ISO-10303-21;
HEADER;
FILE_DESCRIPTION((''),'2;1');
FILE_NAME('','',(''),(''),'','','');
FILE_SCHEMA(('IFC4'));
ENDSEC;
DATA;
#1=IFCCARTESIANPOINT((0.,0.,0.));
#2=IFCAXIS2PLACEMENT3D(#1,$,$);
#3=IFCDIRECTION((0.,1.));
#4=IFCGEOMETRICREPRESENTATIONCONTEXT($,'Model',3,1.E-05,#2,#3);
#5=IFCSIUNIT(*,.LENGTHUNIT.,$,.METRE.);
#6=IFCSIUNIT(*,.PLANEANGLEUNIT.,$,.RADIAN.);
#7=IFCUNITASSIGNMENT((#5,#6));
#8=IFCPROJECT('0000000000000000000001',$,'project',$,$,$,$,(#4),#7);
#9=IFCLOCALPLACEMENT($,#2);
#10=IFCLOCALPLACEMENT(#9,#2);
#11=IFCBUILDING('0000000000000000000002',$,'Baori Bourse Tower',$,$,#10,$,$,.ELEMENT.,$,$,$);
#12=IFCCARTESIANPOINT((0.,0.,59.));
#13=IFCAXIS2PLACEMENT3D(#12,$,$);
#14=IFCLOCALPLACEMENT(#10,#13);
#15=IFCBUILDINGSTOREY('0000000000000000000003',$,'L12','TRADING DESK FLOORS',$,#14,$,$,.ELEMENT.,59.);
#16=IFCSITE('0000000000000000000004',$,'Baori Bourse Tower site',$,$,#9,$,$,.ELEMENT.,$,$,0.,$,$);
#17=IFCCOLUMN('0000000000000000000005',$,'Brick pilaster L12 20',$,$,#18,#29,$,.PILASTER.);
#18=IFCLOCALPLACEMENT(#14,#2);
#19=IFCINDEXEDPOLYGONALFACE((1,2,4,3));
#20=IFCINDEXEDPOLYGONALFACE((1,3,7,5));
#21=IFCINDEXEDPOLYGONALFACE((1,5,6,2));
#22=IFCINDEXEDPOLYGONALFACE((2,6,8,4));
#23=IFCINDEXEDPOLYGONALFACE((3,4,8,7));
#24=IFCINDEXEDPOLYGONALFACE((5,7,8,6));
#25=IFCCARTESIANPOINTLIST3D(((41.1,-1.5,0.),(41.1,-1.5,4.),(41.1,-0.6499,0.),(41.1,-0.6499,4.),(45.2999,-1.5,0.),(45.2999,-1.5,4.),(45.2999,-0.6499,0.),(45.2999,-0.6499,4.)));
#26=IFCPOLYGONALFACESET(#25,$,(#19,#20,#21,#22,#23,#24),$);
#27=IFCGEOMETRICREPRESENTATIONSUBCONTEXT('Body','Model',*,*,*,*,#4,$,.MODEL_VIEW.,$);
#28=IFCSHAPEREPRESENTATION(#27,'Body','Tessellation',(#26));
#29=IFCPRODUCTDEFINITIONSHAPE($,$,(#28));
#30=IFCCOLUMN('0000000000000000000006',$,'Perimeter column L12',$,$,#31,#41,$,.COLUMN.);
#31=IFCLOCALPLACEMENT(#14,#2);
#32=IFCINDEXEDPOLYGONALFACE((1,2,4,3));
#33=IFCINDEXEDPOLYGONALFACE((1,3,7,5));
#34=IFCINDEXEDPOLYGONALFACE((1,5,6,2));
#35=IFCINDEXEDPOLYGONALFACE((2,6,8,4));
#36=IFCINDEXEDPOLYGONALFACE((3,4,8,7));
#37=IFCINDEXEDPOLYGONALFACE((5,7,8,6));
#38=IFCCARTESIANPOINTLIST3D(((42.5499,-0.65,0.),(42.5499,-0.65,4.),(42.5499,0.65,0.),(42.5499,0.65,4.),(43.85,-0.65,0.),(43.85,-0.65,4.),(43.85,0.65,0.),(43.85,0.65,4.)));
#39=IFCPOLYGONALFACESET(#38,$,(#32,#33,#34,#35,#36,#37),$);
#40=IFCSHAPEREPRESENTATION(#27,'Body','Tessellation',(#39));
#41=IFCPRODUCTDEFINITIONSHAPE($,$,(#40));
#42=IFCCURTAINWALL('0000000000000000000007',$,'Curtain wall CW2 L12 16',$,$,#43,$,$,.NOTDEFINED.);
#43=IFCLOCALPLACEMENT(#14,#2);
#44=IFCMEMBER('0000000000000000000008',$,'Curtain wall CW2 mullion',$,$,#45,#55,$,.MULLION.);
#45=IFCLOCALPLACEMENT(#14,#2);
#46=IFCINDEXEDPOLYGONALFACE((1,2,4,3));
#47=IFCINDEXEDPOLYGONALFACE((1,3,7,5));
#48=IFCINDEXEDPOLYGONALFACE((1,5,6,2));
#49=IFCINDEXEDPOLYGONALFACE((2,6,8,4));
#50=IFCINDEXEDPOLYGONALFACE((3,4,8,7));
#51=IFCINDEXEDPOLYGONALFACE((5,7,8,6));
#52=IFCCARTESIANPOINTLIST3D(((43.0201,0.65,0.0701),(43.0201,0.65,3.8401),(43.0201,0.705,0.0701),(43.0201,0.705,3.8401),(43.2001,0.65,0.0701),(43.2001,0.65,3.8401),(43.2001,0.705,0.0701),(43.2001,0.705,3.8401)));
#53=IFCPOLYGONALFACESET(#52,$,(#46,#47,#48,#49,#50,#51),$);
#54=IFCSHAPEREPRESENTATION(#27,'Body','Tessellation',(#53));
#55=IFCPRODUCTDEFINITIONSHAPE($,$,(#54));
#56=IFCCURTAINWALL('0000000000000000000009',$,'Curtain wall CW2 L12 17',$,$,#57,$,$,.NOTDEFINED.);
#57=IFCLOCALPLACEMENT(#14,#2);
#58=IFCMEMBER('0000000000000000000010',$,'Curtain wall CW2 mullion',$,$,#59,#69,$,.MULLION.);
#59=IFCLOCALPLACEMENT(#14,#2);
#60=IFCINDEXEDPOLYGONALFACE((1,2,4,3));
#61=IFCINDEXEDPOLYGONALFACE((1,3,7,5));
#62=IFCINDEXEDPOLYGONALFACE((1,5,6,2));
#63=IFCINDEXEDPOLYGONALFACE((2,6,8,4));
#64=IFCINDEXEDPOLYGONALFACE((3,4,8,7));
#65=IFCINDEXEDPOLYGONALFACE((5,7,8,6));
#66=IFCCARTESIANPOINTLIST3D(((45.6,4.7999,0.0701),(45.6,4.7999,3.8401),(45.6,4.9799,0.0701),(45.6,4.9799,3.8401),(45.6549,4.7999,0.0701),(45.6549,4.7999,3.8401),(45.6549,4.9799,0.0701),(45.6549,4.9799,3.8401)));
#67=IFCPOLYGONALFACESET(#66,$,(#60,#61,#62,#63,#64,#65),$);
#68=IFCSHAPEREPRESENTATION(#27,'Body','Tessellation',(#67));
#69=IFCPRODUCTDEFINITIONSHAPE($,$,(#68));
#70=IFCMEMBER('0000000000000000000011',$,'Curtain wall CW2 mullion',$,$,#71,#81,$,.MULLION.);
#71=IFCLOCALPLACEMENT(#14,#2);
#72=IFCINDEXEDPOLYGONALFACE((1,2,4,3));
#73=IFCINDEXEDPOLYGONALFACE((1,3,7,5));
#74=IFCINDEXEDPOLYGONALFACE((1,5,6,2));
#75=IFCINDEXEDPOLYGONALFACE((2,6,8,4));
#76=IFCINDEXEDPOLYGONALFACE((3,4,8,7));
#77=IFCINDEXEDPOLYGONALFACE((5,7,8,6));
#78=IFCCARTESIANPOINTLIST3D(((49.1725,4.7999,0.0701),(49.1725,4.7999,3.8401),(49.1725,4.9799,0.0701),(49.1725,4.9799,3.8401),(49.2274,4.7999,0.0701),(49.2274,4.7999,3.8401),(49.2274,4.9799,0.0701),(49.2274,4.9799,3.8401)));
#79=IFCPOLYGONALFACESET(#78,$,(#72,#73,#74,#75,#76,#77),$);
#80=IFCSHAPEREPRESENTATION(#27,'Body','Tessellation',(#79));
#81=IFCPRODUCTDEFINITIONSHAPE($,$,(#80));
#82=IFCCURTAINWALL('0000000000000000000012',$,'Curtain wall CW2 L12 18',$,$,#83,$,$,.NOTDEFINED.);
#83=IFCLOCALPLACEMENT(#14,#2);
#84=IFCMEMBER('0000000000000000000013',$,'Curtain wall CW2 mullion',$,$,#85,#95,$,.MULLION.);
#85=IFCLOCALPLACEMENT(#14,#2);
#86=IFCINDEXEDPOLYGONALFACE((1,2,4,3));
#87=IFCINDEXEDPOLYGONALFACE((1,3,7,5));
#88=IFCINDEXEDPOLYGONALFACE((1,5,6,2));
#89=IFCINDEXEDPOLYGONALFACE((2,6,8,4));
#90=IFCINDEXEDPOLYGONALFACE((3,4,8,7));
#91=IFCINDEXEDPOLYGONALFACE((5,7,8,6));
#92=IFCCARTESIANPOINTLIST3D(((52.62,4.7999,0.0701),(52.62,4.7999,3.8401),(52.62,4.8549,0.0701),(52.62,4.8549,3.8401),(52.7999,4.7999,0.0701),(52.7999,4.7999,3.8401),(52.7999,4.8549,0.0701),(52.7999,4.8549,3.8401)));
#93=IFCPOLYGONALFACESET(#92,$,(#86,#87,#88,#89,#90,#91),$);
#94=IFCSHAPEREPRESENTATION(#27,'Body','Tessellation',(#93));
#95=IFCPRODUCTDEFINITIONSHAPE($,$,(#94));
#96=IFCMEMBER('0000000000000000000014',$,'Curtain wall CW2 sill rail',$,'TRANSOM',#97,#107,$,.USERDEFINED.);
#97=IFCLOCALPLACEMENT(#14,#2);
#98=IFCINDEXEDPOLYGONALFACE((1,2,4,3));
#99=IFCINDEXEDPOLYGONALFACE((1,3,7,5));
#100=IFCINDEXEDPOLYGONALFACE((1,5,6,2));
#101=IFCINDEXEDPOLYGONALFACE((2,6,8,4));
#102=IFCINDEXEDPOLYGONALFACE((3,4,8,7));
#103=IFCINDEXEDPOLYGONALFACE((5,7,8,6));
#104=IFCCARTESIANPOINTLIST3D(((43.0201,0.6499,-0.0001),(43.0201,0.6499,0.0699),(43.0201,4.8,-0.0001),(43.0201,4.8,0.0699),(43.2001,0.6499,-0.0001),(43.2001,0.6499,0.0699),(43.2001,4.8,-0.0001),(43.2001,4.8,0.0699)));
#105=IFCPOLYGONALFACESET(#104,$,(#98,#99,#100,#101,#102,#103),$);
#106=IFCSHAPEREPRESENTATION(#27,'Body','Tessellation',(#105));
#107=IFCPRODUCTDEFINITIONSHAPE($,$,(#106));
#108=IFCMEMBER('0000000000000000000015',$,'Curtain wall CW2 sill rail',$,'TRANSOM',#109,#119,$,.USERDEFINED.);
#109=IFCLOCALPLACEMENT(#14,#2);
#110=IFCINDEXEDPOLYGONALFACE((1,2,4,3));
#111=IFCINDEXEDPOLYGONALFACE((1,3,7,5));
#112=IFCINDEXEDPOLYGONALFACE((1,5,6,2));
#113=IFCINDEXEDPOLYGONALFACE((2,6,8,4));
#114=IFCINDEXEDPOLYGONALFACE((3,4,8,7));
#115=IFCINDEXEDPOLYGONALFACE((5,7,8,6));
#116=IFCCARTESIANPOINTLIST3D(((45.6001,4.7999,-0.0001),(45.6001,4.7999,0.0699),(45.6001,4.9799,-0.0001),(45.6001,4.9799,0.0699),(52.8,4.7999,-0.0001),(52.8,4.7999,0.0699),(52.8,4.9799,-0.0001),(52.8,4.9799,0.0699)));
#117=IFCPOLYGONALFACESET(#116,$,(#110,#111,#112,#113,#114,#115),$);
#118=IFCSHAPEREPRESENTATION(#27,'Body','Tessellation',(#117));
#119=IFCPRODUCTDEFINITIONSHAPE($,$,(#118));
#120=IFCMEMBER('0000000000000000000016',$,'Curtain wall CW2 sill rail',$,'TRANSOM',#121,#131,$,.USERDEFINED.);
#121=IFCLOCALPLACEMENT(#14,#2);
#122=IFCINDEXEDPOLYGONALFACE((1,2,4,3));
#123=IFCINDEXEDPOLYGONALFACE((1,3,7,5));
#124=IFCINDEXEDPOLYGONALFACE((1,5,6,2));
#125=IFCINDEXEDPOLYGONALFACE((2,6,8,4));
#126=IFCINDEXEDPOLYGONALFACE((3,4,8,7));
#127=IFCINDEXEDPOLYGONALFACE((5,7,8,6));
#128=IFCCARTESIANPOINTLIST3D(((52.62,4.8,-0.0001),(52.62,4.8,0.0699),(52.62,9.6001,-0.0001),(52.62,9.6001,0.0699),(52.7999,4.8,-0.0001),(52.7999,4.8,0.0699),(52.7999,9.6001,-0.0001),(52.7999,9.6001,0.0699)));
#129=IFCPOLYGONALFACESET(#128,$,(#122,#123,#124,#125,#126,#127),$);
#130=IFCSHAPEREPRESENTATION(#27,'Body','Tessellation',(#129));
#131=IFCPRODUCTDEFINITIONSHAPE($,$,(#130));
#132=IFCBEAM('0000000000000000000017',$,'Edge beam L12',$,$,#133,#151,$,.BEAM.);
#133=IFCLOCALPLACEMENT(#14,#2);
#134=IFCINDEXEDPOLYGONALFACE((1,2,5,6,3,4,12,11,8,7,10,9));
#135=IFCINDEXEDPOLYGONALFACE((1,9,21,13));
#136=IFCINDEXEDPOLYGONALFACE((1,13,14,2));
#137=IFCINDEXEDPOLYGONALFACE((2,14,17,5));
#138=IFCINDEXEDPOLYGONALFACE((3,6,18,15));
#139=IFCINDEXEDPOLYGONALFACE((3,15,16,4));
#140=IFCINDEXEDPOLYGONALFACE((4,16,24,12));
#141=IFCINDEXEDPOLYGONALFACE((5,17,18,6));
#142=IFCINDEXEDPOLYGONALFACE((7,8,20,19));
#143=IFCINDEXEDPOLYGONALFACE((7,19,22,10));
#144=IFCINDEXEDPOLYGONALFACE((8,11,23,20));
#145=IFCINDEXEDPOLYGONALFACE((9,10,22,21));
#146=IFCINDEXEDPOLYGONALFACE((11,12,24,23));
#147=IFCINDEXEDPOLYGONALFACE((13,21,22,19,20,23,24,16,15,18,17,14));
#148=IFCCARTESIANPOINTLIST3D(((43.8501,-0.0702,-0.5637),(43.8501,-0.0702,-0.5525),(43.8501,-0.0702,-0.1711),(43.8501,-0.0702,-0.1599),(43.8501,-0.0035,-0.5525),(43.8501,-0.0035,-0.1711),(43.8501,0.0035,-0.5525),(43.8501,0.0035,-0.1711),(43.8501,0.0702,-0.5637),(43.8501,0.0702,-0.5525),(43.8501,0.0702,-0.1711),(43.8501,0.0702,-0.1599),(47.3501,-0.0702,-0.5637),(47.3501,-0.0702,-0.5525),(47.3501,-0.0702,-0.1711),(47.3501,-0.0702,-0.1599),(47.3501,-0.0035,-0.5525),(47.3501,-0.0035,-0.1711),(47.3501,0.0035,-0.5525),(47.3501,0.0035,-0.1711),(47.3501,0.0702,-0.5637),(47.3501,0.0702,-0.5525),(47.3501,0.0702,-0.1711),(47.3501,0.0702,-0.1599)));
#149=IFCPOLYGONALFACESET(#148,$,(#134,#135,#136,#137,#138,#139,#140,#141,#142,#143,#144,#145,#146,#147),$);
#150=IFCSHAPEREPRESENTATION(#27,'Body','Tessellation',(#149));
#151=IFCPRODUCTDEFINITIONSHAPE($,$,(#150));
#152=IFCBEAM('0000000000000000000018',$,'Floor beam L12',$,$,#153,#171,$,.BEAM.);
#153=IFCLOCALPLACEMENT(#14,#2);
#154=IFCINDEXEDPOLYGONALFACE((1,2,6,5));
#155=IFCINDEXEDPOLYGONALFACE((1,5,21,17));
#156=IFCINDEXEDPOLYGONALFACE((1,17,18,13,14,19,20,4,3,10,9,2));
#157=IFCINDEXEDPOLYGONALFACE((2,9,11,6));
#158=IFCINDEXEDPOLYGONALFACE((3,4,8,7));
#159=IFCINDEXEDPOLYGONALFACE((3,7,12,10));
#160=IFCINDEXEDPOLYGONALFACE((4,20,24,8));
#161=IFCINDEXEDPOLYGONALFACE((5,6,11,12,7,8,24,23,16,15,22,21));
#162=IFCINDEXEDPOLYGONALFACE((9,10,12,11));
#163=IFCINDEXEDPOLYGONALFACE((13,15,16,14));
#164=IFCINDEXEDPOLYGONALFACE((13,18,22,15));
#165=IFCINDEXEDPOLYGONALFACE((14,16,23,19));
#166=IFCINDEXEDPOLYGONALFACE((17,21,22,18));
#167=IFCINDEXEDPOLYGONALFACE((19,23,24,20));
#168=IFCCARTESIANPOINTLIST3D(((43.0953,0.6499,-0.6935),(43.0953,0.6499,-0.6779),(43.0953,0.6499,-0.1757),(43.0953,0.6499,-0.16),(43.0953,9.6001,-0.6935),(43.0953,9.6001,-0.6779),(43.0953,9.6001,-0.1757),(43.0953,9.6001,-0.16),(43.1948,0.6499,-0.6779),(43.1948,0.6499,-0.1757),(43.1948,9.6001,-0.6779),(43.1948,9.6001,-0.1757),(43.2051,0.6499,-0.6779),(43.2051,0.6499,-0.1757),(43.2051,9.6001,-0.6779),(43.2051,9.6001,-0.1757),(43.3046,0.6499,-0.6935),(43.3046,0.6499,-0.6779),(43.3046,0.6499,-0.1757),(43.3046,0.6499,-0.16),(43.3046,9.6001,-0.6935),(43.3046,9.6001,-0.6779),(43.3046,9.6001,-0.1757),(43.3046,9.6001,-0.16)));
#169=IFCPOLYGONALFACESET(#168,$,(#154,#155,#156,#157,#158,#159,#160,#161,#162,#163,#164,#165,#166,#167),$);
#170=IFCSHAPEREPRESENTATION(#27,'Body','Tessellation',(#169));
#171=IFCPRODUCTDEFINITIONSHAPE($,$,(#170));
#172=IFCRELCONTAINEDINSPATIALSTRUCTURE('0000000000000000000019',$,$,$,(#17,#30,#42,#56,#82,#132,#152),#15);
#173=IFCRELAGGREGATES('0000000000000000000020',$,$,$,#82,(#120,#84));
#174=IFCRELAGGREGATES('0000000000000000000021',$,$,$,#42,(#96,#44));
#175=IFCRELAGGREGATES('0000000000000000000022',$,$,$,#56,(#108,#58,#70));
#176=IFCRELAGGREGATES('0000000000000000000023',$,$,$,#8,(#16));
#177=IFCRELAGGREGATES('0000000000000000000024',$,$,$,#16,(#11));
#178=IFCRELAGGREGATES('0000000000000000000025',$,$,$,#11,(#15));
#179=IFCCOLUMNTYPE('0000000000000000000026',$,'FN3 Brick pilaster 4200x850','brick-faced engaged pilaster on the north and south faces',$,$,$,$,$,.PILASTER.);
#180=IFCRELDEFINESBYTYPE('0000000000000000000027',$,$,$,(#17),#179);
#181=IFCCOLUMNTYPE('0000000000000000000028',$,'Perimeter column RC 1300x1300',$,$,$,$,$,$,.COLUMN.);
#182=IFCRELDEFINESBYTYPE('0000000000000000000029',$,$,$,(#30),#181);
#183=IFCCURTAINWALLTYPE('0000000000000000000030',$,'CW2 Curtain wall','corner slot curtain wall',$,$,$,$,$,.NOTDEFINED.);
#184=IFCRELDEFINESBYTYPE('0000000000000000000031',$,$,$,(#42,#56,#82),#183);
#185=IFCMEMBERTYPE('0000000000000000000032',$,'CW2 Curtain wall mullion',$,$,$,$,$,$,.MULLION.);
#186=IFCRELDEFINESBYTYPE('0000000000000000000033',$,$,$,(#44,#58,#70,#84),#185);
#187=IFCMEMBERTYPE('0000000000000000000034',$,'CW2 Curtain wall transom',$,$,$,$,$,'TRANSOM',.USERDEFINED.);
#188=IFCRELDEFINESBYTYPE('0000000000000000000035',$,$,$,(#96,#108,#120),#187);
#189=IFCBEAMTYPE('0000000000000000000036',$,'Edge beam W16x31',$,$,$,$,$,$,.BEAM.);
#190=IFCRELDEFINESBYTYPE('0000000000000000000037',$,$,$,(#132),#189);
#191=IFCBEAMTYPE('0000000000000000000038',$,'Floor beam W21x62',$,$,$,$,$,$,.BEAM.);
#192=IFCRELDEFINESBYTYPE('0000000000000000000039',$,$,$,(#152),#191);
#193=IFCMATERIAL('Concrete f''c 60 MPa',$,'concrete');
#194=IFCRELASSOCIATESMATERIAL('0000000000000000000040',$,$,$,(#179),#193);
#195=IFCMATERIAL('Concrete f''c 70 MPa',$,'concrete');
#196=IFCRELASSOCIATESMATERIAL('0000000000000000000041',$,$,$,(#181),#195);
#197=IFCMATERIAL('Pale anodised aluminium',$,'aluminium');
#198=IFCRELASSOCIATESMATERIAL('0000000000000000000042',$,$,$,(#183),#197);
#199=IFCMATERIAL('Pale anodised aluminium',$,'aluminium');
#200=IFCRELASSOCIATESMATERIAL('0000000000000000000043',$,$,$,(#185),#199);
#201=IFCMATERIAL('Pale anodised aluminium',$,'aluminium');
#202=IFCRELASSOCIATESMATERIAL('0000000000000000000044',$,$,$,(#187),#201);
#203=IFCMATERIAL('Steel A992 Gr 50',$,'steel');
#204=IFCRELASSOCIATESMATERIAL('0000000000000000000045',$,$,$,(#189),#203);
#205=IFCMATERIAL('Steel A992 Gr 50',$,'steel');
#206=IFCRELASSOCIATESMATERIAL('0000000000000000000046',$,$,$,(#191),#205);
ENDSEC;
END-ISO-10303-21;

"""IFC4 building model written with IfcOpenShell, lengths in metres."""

from ifc_helpers import new_model, si_unit, direction, frame, origin, origin_2d, place, context, subcontext, project, spatial, rectangle, i_section, extrude, material, material_profile, profile_set, type_object, element, aggregate, save


model = new_model("IFC4")

# Units and contexts
model_context = context("Model", 3, precision=1e-05, world=origin(), true_north=direction((0.0, 1.0)))
body_context = subcontext(model_context, "Body", "Model", "MODEL_VIEW")
ifc_project = project(units=[si_unit("LENGTHUNIT", "METRE"), si_unit("PLANEANGLEUNIT", "RADIAN")], contexts=[model_context])

# Site, building, storey
site_placement = place(None, origin())
site = spatial("IfcSite", under=ifc_project, at=site_placement, Name="Baori Bourse Tower site", CompositionType="ELEMENT", RefElevation=0.0)
building_placement = place(site_placement, origin())
building = spatial("IfcBuilding", under=site, at=building_placement, Name="Baori Bourse Tower", CompositionType="ELEMENT")
storey_placement = place(building_placement, frame((0.0, 0.0, 59.0)))
storey = spatial("IfcBuildingStorey", under=building, at=storey_placement, Name="L12", Description="TRADING DESK FLOORS", CompositionType="ELEMENT", Elevation=59.0)

# Columns
ifc_material_1 = material(Name="Concrete f'c 60 MPa", Category="concrete")
ifc_material_profile_1 = material_profile(ifc_material_1, rectangle(XDim=4.2, YDim=0.8501, at=origin_2d()), Name="RC 4200x850")
ifc_profile_set_1 = profile_set([ifc_material_profile_1], Name="Concrete f'c 60 MPa")
column_type_1 = type_object("IfcColumnType", Name="FN3 Brick pilaster 4200x850", Description="brick-faced engaged pilaster on the north and south faces", PredefinedType="PILASTER", material=ifc_profile_set_1)
column_1_placement = place(storey_placement, frame((43.2, -1.075, 0.0), z_axis=(0.0, 0.0, 1.0), x_axis=(1.0, 0.0, 0.0)))
element("IfcColumn", 1, at=column_1_placement, inside=storey, type_object=column_type_1, Name="Brick pilaster L12 20", PredefinedType="PILASTER", context=body_context, shape_type="SweptSolid", body=[
    extrude(rectangle(XDim=4.2, YDim=0.8501, at=origin_2d()), origin(), (0.0, 0.0, 1.0), 4.0),
])
ifc_material_2 = material(Name="Concrete f'c 70 MPa", Category="concrete")
ifc_material_profile_2 = material_profile(ifc_material_2, rectangle(XDim=1.3, YDim=1.3, at=origin_2d()), Name="RC 1300x1300")
ifc_profile_set_2 = profile_set([ifc_material_profile_2], Name="Concrete f'c 70 MPa")
column_type_2 = type_object("IfcColumnType", Name="Perimeter column RC 1300x1300", PredefinedType="COLUMN", material=ifc_profile_set_2)
column_2_placement = place(storey_placement, frame((43.2, 0.0, 0.0), z_axis=(0.0, 0.0, 1.0), x_axis=(1.0, 0.0, 0.0)))
element("IfcColumn", 2, at=column_2_placement, inside=storey, type_object=column_type_2, Name="Perimeter column L12", PredefinedType="COLUMN", context=body_context, shape_type="SweptSolid", body=[
    extrude(rectangle(XDim=1.3, YDim=1.3, at=origin_2d()), origin(), (0.0, 0.0, 1.0), 4.0),
])

# Curtain wall, member
ifc_material_3 = material(Name="Pale anodised aluminium", Category="aluminium")
curtain_wall_type_1 = type_object("IfcCurtainWallType", Name="CW2 Curtain wall", Description="corner slot curtain wall", PredefinedType="NOTDEFINED", material=ifc_material_3)
curtain_wall_1_placement = place(storey_placement, origin())
curtain_wall_1 = element("IfcCurtainWall", 3, at=curtain_wall_1_placement, inside=storey, type_object=curtain_wall_type_1, Name="Curtain wall CW2 L12 16", PredefinedType="NOTDEFINED")
ifc_material_4 = material(Name="Pale anodised aluminium", Category="aluminium")
ifc_material_profile_3 = material_profile(ifc_material_4, rectangle(XDim=0.1799, YDim=0.0549, at=origin_2d()), Name="Mullion 55x180")
ifc_profile_set_3 = profile_set([ifc_material_profile_3], Name="Pale anodised aluminium")
member_type_1 = type_object("IfcMemberType", Name="CW2 Curtain wall mullion", PredefinedType="MULLION", material=ifc_profile_set_3)
member_1_placement = place(storey_placement, frame((43.1101, 0.6775, 0.0701), z_axis=(0.0, 0.0, 1.0), x_axis=(-1.0, 0.0, 0.0)))
member_1 = element("IfcMember", 4, at=member_1_placement, type_object=member_type_1, Name="Curtain wall CW2 mullion", PredefinedType="MULLION", context=body_context, shape_type="SweptSolid", body=[
    extrude(rectangle(XDim=0.1799, YDim=0.0549, at=origin_2d()), origin(), (0.0, 0.0, 1.0), 3.77),
])

# Curtain wall, members
curtain_wall_2_placement = place(storey_placement, origin())
curtain_wall_2 = element("IfcCurtainWall", 5, at=curtain_wall_2_placement, inside=storey, type_object=curtain_wall_type_1, Name="Curtain wall CW2 L12 17", PredefinedType="NOTDEFINED")
member_2_placement = place(storey_placement, frame((45.6274, 4.8899, 0.0701), z_axis=(0.0, 0.0, 1.0), x_axis=(0.0, 1.0, 0.0)))
member_2 = element("IfcMember", 6, at=member_2_placement, type_object=member_type_1, Name="Curtain wall CW2 mullion", PredefinedType="MULLION", context=body_context, shape_type="SweptSolid", body=[
    extrude(rectangle(XDim=0.1799, YDim=0.0549, at=origin_2d()), origin(), (0.0, 0.0, 1.0), 3.77),
])
member_3_placement = place(storey_placement, frame((49.2, 4.8899, 0.0701), z_axis=(0.0, 0.0, 1.0), x_axis=(0.0, 1.0, 0.0)))
member_3 = element("IfcMember", 7, at=member_3_placement, type_object=member_type_1, Name="Curtain wall CW2 mullion", PredefinedType="MULLION", context=body_context, shape_type="SweptSolid", body=[
    extrude(rectangle(XDim=0.1799, YDim=0.0549, at=origin_2d()), origin(), (0.0, 0.0, 1.0), 3.77),
])

# Curtain wall, member
curtain_wall_3_placement = place(storey_placement, origin())
curtain_wall_3 = element("IfcCurtainWall", 8, at=curtain_wall_3_placement, inside=storey, type_object=curtain_wall_type_1, Name="Curtain wall CW2 L12 18", PredefinedType="NOTDEFINED")
member_4_placement = place(storey_placement, frame((52.71, 4.8274, 0.0701), z_axis=(0.0, 0.0, 1.0), x_axis=(-1.0, 0.0, 0.0)))
member_4 = element("IfcMember", 9, at=member_4_placement, type_object=member_type_1, Name="Curtain wall CW2 mullion", PredefinedType="MULLION", context=body_context, shape_type="SweptSolid", body=[
    extrude(rectangle(XDim=0.1799, YDim=0.0549, at=origin_2d()), origin(), (0.0, 0.0, 1.0), 3.77),
])

# Members
ifc_material_5 = material(Name="Pale anodised aluminium", Category="aluminium")
ifc_material_profile_4 = material_profile(ifc_material_5, rectangle(XDim=0.1799, YDim=0.0701, at=origin_2d()), Name="Transom 70x180")
ifc_profile_set_4 = profile_set([ifc_material_profile_4], Name="Pale anodised aluminium")
member_type_2 = type_object("IfcMemberType", Name="CW2 Curtain wall transom", ElementType="TRANSOM", PredefinedType="USERDEFINED", material=ifc_profile_set_4)
member_5_placement = place(storey_placement, frame((43.1101, 0.6499, 0.0349), z_axis=(0.0, 1.0, 0.0), x_axis=(-1.0, 0.0, 0.0)))
member_5 = element("IfcMember", 10, at=member_5_placement, type_object=member_type_2, Name="Curtain wall CW2 sill rail", ObjectType="TRANSOM", PredefinedType="USERDEFINED", context=body_context, shape_type="SweptSolid", body=[
    extrude(rectangle(XDim=0.1799, YDim=0.0701, at=origin_2d()), origin(), (0.0, 0.0, 1.0), 4.1501),
])
member_6_placement = place(storey_placement, frame((45.6001, 4.8899, 0.0349), z_axis=(1.0, 0.0, 0.0), x_axis=(0.0, 1.0, 0.0)))
member_6 = element("IfcMember", 11, at=member_6_placement, type_object=member_type_2, Name="Curtain wall CW2 sill rail", ObjectType="TRANSOM", PredefinedType="USERDEFINED", context=body_context, shape_type="SweptSolid", body=[
    extrude(rectangle(XDim=0.1799, YDim=0.0701, at=origin_2d()), origin(), (0.0, 0.0, 1.0), 7.2),
])
member_7_placement = place(storey_placement, frame((52.71, 4.8, 0.0349), z_axis=(0.0, 1.0, 0.0), x_axis=(-1.0, 0.0, 0.0)))
member_7 = element("IfcMember", 12, at=member_7_placement, type_object=member_type_2, Name="Curtain wall CW2 sill rail", ObjectType="TRANSOM", PredefinedType="USERDEFINED", context=body_context, shape_type="SweptSolid", body=[
    extrude(rectangle(XDim=0.1799, YDim=0.0701, at=origin_2d()), origin(), (0.0, 0.0, 1.0), 4.8),
])
aggregate(curtain_wall_3, [member_7, member_4])

# Beams
ifc_material_6 = material(Name="Steel A992 Gr 50", Category="steel")
ifc_material_profile_5 = material_profile(ifc_material_6, i_section(OverallWidth=0.1404, OverallDepth=0.4038, WebThickness=0.0071, FlangeThickness=0.0112, at=origin_2d()), Name="W16x31")
ifc_profile_set_5 = profile_set([ifc_material_profile_5], Name="Steel A992 Gr 50")
beam_type_1 = type_object("IfcBeamType", Name="Edge beam W16x31", PredefinedType="BEAM", material=ifc_profile_set_5)
beam_1_placement = place(storey_placement, frame((43.8501, 0.0, -0.3618), z_axis=(1.0, 0.0, 0.0), x_axis=(0.0, 1.0, 0.0)))
element("IfcBeam", 13, at=beam_1_placement, inside=storey, type_object=beam_type_1, Name="Edge beam L12", PredefinedType="BEAM", context=body_context, shape_type="SweptSolid", body=[
    extrude(i_section(OverallWidth=0.1404, OverallDepth=0.4038, WebThickness=0.0071, FlangeThickness=0.0112, at=origin_2d()), origin(), (0.0, 0.0, 1.0), 3.5),
])
ifc_material_7 = material(Name="Steel A992 Gr 50", Category="steel")
ifc_material_profile_6 = material_profile(ifc_material_7, i_section(OverallWidth=0.2092, OverallDepth=0.5334, WebThickness=0.0103, FlangeThickness=0.0156, at=origin_2d()), Name="W21x62")
ifc_profile_set_6 = profile_set([ifc_material_profile_6], Name="Steel A992 Gr 50")
beam_type_2 = type_object("IfcBeamType", Name="Floor beam W21x62", PredefinedType="BEAM", material=ifc_profile_set_6)
beam_2_placement = place(storey_placement, frame((43.2, 0.6499, -0.4268), z_axis=(0.0, 1.0, 0.0), x_axis=(-1.0, 0.0, 0.0)))
element("IfcBeam", 14, at=beam_2_placement, inside=storey, type_object=beam_type_2, Name="Floor beam L12", PredefinedType="BEAM", context=body_context, shape_type="SweptSolid", body=[
    extrude(i_section(OverallWidth=0.2092, OverallDepth=0.5334, WebThickness=0.0103, FlangeThickness=0.0156, at=origin_2d()), origin(), (0.0, 0.0, 1.0), 8.9502),
])

aggregate(curtain_wall_1, [member_5, member_1])
aggregate(curtain_wall_2, [member_6, member_2, member_3])

save(model, "model.ifc")
